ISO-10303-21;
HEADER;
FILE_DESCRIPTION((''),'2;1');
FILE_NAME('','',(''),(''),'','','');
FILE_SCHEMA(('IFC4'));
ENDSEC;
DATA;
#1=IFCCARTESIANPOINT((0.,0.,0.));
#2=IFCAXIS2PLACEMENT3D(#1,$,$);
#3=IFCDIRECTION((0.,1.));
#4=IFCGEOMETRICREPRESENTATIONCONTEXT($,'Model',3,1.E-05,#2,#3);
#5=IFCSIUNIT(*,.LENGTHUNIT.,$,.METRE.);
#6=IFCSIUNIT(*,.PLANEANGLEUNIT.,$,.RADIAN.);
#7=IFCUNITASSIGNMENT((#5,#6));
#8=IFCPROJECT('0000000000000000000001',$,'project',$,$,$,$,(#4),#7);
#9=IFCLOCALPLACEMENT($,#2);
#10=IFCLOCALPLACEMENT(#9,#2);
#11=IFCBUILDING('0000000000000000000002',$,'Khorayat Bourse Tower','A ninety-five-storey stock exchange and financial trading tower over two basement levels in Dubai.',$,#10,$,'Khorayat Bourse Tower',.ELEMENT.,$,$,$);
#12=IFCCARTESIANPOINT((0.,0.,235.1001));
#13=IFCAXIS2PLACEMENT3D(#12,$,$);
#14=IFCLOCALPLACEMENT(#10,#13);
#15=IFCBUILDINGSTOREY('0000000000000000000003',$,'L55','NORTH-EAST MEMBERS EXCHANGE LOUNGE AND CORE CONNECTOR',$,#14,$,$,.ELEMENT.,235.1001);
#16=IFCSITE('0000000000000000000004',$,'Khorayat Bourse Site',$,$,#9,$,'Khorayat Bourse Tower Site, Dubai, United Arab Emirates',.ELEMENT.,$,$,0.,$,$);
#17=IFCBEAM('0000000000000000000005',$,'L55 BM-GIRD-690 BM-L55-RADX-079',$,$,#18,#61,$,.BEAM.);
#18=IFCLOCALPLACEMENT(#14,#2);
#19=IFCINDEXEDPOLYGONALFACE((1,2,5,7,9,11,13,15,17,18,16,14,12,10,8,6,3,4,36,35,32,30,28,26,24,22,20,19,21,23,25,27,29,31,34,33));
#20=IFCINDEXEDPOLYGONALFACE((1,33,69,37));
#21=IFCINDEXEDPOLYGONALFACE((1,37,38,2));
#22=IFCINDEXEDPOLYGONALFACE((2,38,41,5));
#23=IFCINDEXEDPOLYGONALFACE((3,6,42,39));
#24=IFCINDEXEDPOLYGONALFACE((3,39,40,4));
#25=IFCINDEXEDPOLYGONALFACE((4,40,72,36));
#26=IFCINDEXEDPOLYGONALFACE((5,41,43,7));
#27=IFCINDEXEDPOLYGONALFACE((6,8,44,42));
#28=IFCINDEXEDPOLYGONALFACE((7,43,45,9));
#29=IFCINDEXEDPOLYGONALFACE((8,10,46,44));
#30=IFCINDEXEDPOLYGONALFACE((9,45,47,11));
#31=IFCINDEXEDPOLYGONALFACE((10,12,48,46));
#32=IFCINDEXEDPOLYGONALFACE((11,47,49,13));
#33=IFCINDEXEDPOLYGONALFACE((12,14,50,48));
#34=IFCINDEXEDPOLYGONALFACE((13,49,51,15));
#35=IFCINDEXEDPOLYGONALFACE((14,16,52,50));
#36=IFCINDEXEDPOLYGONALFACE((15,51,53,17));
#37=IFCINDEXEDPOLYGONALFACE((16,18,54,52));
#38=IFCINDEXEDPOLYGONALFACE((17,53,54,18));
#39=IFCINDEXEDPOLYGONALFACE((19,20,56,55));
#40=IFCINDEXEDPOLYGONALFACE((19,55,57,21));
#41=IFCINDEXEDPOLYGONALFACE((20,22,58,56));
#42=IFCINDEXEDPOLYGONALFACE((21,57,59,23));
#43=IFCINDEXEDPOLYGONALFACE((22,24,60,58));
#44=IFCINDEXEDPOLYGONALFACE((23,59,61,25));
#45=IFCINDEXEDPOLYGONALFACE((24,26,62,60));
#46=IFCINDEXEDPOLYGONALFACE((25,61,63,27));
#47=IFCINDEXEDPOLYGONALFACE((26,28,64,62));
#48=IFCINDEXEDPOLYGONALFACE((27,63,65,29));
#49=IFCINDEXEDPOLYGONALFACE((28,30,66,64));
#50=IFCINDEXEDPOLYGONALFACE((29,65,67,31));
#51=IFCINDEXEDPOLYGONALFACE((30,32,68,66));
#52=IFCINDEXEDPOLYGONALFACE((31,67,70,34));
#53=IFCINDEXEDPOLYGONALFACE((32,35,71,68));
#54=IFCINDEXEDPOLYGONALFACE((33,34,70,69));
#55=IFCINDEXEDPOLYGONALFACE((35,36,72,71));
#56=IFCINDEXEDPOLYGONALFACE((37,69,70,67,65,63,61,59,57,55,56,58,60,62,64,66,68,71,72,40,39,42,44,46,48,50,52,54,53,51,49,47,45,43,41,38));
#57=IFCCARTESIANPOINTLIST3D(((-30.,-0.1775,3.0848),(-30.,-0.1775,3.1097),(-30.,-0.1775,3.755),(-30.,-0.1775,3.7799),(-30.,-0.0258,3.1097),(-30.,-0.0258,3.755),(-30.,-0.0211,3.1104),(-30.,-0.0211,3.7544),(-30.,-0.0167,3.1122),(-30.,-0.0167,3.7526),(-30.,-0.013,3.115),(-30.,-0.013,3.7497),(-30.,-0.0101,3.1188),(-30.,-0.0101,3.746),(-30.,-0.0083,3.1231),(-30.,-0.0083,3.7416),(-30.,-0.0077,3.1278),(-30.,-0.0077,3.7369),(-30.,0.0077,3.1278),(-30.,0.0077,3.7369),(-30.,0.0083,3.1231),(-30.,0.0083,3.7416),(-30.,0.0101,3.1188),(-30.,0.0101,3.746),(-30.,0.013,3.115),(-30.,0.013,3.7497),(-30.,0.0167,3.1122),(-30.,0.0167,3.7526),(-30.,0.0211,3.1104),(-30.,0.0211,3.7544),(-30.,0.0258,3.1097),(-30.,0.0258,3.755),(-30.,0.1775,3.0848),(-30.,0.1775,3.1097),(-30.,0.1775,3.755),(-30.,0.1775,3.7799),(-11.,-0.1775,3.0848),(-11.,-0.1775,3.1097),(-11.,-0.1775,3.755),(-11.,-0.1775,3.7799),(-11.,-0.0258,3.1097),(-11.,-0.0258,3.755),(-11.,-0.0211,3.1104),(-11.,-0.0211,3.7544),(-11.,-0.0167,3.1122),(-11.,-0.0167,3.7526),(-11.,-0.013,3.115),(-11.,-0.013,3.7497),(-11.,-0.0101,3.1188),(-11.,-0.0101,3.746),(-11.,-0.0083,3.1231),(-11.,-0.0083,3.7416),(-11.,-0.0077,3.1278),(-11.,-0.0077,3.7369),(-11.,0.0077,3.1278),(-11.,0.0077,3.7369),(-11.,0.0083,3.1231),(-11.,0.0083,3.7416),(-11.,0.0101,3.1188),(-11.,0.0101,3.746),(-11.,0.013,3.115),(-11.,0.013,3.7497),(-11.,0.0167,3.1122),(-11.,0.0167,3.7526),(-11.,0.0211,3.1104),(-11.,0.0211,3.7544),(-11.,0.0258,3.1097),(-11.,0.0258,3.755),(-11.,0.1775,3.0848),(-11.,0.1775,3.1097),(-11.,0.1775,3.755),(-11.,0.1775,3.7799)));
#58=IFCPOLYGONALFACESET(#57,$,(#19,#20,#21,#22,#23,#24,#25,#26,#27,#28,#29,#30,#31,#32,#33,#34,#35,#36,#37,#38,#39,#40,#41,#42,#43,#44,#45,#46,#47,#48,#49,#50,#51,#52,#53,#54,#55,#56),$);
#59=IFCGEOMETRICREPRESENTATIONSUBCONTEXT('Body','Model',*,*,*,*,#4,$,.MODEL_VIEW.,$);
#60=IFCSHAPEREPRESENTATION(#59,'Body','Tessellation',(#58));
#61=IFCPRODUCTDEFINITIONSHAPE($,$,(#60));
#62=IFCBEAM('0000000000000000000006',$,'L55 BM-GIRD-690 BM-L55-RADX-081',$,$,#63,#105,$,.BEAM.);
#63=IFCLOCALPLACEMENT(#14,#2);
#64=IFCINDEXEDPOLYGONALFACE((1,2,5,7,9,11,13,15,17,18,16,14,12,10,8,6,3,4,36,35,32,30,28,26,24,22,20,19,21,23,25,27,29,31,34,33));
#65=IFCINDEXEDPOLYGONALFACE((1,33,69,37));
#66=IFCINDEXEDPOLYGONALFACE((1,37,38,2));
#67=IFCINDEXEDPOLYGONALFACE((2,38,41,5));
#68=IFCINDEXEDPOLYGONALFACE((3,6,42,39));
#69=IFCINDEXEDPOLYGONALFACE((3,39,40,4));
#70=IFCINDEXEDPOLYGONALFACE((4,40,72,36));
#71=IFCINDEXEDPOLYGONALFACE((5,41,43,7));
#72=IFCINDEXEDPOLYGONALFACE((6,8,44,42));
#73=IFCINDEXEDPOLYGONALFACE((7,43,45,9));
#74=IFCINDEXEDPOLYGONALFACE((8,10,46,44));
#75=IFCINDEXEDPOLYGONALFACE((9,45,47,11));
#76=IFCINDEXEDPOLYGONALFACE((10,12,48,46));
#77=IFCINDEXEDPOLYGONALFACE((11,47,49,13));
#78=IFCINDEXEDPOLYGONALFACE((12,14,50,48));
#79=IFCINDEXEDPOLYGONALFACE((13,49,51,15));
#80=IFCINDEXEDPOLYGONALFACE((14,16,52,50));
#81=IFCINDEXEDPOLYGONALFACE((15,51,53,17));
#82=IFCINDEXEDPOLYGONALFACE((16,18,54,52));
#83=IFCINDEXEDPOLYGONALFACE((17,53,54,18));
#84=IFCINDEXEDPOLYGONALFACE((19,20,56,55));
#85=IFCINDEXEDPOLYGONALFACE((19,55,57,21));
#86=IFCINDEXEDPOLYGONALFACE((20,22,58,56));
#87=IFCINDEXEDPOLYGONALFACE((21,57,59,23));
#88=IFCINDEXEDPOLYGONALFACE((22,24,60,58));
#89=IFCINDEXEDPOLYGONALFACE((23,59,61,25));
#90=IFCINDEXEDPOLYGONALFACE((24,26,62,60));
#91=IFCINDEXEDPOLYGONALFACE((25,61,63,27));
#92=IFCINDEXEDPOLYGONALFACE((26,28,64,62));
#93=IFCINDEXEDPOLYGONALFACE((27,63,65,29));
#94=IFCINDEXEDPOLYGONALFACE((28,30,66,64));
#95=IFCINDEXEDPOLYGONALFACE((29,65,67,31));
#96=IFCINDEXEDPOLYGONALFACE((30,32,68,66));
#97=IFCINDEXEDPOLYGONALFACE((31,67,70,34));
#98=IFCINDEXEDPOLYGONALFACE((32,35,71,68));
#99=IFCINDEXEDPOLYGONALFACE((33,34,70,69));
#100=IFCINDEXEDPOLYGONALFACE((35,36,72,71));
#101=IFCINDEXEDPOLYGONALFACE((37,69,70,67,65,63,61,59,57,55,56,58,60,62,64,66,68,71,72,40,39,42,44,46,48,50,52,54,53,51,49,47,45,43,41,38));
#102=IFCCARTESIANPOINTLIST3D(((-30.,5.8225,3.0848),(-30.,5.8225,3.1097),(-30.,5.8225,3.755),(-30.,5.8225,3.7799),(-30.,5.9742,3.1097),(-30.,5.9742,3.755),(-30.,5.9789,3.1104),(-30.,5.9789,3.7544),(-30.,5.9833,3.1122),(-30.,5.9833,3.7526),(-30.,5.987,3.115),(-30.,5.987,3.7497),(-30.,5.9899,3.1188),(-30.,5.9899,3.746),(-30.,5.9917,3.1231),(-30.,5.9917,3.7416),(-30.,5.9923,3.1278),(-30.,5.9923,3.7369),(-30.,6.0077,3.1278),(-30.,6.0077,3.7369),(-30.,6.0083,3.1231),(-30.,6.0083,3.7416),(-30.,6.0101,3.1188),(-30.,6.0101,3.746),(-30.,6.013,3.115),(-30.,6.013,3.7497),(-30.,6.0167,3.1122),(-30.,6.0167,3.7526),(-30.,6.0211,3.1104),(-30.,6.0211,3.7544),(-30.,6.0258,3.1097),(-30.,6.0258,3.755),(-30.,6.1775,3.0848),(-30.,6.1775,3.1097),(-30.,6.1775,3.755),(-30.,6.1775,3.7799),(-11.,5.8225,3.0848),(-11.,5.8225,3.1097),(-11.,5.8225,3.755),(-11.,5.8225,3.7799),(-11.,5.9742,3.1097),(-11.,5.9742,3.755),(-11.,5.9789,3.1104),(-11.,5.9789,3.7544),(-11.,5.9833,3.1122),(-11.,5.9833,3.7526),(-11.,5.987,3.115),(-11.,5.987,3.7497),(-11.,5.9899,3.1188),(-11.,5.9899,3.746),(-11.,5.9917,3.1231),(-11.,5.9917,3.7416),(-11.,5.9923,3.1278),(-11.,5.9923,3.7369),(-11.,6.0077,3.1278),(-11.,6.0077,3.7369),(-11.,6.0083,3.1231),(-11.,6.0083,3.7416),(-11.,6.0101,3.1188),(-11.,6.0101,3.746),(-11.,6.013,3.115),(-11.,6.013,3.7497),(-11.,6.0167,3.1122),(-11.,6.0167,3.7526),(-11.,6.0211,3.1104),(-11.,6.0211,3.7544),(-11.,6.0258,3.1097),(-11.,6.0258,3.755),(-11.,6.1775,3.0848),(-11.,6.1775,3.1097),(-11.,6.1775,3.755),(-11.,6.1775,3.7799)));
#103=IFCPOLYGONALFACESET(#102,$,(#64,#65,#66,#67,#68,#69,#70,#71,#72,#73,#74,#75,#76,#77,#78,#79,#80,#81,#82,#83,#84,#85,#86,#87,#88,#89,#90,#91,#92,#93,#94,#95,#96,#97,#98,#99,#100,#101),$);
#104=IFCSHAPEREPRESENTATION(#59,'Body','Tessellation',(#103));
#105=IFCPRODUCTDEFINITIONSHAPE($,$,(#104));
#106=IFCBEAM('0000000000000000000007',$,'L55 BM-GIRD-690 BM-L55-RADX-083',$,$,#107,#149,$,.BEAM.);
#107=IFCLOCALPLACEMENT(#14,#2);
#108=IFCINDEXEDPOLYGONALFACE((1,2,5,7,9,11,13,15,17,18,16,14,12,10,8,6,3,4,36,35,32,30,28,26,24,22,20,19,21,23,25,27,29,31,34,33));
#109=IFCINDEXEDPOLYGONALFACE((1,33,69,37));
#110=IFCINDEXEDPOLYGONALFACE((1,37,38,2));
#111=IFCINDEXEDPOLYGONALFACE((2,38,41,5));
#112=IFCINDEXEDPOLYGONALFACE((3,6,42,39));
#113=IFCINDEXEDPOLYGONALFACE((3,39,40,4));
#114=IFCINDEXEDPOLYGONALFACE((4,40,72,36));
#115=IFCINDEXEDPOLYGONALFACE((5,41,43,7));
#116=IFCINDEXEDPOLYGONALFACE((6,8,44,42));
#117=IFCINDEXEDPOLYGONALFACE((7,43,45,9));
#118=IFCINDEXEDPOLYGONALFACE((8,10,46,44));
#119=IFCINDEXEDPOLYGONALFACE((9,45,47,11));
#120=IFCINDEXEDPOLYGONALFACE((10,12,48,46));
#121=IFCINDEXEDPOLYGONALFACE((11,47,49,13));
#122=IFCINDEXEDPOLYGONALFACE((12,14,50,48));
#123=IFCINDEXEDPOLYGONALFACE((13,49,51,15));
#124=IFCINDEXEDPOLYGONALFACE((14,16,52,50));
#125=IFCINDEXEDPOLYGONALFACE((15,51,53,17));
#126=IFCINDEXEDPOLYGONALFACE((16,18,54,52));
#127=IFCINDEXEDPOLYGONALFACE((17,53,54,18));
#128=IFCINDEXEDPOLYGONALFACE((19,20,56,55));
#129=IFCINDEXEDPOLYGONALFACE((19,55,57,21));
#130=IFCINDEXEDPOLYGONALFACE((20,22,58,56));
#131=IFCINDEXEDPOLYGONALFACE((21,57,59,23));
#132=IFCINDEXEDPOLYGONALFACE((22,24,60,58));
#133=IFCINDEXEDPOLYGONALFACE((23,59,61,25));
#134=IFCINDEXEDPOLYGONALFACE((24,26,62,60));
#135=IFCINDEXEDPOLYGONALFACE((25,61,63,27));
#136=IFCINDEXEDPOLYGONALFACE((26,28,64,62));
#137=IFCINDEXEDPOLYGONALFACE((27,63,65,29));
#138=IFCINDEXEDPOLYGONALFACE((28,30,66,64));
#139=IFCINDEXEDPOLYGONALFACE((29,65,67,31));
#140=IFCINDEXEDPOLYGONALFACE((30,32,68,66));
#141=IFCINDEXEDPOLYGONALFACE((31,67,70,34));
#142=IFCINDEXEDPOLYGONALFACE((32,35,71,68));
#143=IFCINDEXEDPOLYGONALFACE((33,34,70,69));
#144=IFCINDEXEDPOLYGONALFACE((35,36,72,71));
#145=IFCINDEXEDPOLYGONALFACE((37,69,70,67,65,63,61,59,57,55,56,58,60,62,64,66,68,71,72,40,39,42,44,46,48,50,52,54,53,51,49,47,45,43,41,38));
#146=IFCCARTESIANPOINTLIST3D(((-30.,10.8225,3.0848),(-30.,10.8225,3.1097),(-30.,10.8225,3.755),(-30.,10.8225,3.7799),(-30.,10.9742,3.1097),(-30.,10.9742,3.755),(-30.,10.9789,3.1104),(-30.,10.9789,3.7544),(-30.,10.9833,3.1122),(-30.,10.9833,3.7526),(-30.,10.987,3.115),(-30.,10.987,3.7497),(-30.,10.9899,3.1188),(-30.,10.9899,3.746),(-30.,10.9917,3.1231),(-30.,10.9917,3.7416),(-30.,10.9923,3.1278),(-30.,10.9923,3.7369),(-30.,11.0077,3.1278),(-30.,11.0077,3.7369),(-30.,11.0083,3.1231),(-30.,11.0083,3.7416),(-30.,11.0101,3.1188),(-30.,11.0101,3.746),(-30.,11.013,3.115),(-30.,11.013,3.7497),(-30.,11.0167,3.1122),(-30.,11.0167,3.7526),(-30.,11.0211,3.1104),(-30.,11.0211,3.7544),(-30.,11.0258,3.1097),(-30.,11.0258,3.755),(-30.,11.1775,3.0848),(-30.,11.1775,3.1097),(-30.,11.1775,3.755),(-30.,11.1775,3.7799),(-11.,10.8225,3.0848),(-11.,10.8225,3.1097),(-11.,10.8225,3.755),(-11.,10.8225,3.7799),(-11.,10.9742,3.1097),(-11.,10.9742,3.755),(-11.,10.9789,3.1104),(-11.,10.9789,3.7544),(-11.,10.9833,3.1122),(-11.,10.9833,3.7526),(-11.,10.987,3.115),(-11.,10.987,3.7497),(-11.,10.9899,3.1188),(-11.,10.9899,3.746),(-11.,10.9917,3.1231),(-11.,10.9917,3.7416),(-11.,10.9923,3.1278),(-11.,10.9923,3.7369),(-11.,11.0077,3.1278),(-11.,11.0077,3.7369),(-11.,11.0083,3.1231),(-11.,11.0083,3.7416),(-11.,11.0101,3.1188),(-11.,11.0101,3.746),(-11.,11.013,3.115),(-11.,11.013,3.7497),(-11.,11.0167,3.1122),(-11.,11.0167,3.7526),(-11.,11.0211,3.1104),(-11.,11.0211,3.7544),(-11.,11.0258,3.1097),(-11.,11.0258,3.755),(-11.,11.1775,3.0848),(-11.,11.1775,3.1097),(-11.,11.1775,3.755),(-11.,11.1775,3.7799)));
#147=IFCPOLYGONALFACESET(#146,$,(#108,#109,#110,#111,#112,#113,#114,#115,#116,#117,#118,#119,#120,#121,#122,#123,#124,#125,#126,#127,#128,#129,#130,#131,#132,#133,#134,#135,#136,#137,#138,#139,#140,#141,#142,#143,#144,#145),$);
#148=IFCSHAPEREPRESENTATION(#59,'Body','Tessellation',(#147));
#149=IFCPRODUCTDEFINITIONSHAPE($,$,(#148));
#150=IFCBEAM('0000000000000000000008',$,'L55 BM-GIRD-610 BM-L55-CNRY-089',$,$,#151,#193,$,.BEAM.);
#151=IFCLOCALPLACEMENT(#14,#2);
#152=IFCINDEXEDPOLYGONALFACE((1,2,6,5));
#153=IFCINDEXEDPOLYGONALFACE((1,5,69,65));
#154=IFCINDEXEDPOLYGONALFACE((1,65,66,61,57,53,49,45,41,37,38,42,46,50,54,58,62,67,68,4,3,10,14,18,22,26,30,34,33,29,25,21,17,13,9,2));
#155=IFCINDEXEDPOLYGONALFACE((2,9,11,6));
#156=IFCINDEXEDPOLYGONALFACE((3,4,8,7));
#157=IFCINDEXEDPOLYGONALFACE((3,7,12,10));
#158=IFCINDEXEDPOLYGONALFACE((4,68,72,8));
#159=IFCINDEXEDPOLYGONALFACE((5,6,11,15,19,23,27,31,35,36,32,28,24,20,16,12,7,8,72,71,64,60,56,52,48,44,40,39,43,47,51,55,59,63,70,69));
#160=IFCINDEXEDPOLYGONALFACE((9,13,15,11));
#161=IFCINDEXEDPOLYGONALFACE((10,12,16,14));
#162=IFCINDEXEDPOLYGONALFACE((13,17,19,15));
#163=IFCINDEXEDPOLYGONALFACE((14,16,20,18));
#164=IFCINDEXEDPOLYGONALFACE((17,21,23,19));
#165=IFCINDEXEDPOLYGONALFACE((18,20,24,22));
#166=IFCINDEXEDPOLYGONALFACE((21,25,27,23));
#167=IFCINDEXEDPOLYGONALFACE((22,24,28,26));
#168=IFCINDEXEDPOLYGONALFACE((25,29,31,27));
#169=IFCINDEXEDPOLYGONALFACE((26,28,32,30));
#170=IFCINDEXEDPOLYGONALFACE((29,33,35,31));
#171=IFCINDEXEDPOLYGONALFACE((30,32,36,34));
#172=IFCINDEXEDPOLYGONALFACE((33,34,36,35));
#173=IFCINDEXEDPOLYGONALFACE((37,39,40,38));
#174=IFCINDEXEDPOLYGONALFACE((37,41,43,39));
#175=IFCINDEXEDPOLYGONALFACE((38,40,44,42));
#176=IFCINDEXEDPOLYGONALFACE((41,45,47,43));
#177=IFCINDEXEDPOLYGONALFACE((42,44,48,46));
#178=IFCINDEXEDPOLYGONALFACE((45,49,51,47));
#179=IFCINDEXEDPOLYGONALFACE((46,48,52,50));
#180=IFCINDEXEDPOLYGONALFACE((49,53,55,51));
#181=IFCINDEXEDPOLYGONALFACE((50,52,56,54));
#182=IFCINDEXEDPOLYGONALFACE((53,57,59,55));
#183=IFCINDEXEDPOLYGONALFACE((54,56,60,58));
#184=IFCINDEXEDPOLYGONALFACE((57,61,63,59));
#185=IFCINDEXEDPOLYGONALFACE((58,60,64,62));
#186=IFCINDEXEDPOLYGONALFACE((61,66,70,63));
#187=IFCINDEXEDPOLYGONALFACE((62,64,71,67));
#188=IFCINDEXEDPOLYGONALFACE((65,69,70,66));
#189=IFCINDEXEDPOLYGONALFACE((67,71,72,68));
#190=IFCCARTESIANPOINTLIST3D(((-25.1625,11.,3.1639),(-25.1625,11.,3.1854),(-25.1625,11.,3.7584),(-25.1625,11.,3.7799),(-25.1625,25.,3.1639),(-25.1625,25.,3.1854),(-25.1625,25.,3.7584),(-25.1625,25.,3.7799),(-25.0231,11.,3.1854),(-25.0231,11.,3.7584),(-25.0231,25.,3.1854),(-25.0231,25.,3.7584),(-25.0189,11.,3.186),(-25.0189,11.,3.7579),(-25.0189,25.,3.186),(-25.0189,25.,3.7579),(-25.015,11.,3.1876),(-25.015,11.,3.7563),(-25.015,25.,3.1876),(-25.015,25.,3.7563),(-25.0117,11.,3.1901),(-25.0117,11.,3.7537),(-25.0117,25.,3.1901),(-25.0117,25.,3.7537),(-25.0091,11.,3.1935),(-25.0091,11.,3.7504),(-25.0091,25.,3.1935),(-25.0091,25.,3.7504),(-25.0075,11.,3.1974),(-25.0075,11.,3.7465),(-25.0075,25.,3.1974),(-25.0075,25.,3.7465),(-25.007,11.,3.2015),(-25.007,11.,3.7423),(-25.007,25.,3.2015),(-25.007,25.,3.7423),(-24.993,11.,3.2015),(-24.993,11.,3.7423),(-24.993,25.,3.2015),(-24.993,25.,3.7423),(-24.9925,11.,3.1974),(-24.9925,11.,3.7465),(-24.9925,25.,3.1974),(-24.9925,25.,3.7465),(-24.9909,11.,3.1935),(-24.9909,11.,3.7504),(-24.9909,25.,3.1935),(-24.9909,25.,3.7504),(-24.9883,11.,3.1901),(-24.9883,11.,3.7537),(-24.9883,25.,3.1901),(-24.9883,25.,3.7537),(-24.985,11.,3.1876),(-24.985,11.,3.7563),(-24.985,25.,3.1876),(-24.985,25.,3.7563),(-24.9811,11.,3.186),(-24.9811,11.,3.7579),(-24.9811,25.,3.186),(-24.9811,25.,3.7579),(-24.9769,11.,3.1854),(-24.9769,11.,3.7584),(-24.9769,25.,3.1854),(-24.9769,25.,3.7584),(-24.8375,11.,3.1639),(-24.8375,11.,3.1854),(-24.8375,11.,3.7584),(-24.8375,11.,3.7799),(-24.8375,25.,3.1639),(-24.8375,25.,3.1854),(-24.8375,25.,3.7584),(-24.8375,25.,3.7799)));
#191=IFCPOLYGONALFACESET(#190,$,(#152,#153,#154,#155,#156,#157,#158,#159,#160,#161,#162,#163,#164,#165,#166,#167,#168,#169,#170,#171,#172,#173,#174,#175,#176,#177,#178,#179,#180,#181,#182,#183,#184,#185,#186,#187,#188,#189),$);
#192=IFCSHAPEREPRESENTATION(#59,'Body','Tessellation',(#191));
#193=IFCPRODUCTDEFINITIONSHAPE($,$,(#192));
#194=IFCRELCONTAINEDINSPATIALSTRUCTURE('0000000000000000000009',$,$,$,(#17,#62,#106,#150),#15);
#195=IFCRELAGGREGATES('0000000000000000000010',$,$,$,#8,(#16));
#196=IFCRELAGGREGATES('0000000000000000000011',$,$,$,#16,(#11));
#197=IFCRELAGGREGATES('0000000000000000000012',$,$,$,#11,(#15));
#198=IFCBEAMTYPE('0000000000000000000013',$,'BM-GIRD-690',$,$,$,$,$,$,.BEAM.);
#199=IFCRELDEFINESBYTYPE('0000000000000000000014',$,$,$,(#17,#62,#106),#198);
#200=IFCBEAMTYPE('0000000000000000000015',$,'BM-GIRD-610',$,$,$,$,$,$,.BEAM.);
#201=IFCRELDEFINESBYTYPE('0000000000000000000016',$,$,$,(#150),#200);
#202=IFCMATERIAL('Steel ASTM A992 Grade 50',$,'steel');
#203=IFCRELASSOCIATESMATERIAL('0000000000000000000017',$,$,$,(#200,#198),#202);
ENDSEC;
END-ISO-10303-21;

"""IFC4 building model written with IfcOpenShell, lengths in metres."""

from ifc_helpers import new_model, si_unit, direction, frame, origin, origin_2d, place, context, subcontext, project, spatial, i_section, extrude, source, transform, mapped, material, material_profile, profile_set, type_object, element, save


model = new_model("IFC4")

# Units and contexts
model_context = context("Model", 3, precision=1e-05, world=origin(), true_north=direction((0.0, 1.0)))
body_context = subcontext(model_context, "Body", "Model", "MODEL_VIEW")
ifc_project = project(units=[si_unit("LENGTHUNIT", "METRE"), si_unit("PLANEANGLEUNIT", "RADIAN")], contexts=[model_context])

# Site, building, storey
site_placement = place(None, origin())
site = spatial("IfcSite", under=ifc_project, at=site_placement, Name="Khorayat Bourse Site", LongName="Khorayat Bourse Tower Site, Dubai, United Arab Emirates", CompositionType="ELEMENT", RefElevation=0.0)
building_placement = place(site_placement, origin())
building = spatial("IfcBuilding", under=site, at=building_placement, Name="Khorayat Bourse Tower", Description="A ninety-five-storey stock exchange and financial trading tower over two basement levels in Dubai.", LongName="Khorayat Bourse Tower", CompositionType="ELEMENT")
storey_placement = place(building_placement, frame((0.0, 0.0, 235.1001)))
storey = spatial("IfcBuildingStorey", under=building, at=storey_placement, Name="L55", Description="NORTH-EAST MEMBERS EXCHANGE LOUNGE AND CORE CONNECTOR", CompositionType="ELEMENT", Elevation=235.1001)

# Beams
ifc_material_1 = material(Name="Steel ASTM A992 Grade 50", Category="steel")
ifc_material_profile_1 = material_profile(ifc_material_1, i_section(OverallWidth=0.325, OverallDepth=0.616, WebThickness=0.0139, FlangeThickness=0.0215, FilletRadius=0.0161, at=origin_2d()), Name="W610X174")
ifc_profile_set_1 = profile_set([ifc_material_profile_1], Name="Steel ASTM A992 Grade 50")
beam_type_1 = type_object("IfcBeamType", Name="BM-GIRD-610", PredefinedType="BEAM", material=ifc_profile_set_1)
ifc_material_profile_2 = material_profile(ifc_material_1, i_section(OverallWidth=0.355, OverallDepth=0.6951, WebThickness=0.0154, FlangeThickness=0.0249, FilletRadius=0.0181, at=origin_2d()), Name="W690X217")
ifc_profile_set_2 = profile_set([ifc_material_profile_2], Name="Steel ASTM A992 Grade 50")
beam_type_2 = type_object("IfcBeamType", Name="BM-GIRD-690", PredefinedType="BEAM", material=ifc_profile_set_2)
shared_shape_1 = source(origin(), body_context, "Body", "SweptSolid", [
    extrude(i_section(OverallWidth=0.355, OverallDepth=0.6951, WebThickness=0.0154, FlangeThickness=0.0249, FilletRadius=0.0181, at=origin_2d()), origin(), (0.0, 0.0, 1.0), 19.0),
])
for number, where, z_axis, x_axis, name in (
    (1, (-30.0, 0.0, 3.4324), (1.0, 0.0, 0.0), (0.0, 1.0, 0.0), "L55 BM-GIRD-690 BM-L55-RADX-079"),
    (2, (-30.0, 6.0, 3.4324), (1.0, 0.0, 0.0), (0.0, 1.0, 0.0), "L55 BM-GIRD-690 BM-L55-RADX-081"),
    (3, (-30.0, 11.0, 3.4324), (1.0, 0.0, 0.0), (0.0, 1.0, 0.0), "L55 BM-GIRD-690 BM-L55-RADX-083"),
):
    element("IfcBeam", number, at=place(storey_placement, frame(where, z_axis=z_axis, x_axis=x_axis)), inside=storey, type_object=beam_type_2, Name=name, PredefinedType="BEAM", context=body_context, shape_type="MappedRepresentation", body=[
        mapped(shared_shape_1, transform((0.0, 0.0, 0.0), scale=1.0)),
    ])
shared_shape_2 = source(origin(), body_context, "Body", "SweptSolid", [
    extrude(i_section(OverallWidth=0.325, OverallDepth=0.616, WebThickness=0.0139, FlangeThickness=0.0215, FilletRadius=0.0161, at=origin_2d()), origin(), (0.0, 0.0, 1.0), 14.0),
])
beam_1_placement = place(storey_placement, frame((-25.0, 11.0, 3.4719), z_axis=(0.0, 1.0, 0.0), x_axis=(-1.0, 0.0, 0.0)))
element("IfcBeam", 4, at=beam_1_placement, inside=storey, type_object=beam_type_1, Name="L55 BM-GIRD-610 BM-L55-CNRY-089", PredefinedType="BEAM", context=body_context, shape_type="MappedRepresentation", body=[
    mapped(shared_shape_2, transform((0.0, 0.0, 0.0), scale=1.0)),
])

save(model, "model.ifc")
